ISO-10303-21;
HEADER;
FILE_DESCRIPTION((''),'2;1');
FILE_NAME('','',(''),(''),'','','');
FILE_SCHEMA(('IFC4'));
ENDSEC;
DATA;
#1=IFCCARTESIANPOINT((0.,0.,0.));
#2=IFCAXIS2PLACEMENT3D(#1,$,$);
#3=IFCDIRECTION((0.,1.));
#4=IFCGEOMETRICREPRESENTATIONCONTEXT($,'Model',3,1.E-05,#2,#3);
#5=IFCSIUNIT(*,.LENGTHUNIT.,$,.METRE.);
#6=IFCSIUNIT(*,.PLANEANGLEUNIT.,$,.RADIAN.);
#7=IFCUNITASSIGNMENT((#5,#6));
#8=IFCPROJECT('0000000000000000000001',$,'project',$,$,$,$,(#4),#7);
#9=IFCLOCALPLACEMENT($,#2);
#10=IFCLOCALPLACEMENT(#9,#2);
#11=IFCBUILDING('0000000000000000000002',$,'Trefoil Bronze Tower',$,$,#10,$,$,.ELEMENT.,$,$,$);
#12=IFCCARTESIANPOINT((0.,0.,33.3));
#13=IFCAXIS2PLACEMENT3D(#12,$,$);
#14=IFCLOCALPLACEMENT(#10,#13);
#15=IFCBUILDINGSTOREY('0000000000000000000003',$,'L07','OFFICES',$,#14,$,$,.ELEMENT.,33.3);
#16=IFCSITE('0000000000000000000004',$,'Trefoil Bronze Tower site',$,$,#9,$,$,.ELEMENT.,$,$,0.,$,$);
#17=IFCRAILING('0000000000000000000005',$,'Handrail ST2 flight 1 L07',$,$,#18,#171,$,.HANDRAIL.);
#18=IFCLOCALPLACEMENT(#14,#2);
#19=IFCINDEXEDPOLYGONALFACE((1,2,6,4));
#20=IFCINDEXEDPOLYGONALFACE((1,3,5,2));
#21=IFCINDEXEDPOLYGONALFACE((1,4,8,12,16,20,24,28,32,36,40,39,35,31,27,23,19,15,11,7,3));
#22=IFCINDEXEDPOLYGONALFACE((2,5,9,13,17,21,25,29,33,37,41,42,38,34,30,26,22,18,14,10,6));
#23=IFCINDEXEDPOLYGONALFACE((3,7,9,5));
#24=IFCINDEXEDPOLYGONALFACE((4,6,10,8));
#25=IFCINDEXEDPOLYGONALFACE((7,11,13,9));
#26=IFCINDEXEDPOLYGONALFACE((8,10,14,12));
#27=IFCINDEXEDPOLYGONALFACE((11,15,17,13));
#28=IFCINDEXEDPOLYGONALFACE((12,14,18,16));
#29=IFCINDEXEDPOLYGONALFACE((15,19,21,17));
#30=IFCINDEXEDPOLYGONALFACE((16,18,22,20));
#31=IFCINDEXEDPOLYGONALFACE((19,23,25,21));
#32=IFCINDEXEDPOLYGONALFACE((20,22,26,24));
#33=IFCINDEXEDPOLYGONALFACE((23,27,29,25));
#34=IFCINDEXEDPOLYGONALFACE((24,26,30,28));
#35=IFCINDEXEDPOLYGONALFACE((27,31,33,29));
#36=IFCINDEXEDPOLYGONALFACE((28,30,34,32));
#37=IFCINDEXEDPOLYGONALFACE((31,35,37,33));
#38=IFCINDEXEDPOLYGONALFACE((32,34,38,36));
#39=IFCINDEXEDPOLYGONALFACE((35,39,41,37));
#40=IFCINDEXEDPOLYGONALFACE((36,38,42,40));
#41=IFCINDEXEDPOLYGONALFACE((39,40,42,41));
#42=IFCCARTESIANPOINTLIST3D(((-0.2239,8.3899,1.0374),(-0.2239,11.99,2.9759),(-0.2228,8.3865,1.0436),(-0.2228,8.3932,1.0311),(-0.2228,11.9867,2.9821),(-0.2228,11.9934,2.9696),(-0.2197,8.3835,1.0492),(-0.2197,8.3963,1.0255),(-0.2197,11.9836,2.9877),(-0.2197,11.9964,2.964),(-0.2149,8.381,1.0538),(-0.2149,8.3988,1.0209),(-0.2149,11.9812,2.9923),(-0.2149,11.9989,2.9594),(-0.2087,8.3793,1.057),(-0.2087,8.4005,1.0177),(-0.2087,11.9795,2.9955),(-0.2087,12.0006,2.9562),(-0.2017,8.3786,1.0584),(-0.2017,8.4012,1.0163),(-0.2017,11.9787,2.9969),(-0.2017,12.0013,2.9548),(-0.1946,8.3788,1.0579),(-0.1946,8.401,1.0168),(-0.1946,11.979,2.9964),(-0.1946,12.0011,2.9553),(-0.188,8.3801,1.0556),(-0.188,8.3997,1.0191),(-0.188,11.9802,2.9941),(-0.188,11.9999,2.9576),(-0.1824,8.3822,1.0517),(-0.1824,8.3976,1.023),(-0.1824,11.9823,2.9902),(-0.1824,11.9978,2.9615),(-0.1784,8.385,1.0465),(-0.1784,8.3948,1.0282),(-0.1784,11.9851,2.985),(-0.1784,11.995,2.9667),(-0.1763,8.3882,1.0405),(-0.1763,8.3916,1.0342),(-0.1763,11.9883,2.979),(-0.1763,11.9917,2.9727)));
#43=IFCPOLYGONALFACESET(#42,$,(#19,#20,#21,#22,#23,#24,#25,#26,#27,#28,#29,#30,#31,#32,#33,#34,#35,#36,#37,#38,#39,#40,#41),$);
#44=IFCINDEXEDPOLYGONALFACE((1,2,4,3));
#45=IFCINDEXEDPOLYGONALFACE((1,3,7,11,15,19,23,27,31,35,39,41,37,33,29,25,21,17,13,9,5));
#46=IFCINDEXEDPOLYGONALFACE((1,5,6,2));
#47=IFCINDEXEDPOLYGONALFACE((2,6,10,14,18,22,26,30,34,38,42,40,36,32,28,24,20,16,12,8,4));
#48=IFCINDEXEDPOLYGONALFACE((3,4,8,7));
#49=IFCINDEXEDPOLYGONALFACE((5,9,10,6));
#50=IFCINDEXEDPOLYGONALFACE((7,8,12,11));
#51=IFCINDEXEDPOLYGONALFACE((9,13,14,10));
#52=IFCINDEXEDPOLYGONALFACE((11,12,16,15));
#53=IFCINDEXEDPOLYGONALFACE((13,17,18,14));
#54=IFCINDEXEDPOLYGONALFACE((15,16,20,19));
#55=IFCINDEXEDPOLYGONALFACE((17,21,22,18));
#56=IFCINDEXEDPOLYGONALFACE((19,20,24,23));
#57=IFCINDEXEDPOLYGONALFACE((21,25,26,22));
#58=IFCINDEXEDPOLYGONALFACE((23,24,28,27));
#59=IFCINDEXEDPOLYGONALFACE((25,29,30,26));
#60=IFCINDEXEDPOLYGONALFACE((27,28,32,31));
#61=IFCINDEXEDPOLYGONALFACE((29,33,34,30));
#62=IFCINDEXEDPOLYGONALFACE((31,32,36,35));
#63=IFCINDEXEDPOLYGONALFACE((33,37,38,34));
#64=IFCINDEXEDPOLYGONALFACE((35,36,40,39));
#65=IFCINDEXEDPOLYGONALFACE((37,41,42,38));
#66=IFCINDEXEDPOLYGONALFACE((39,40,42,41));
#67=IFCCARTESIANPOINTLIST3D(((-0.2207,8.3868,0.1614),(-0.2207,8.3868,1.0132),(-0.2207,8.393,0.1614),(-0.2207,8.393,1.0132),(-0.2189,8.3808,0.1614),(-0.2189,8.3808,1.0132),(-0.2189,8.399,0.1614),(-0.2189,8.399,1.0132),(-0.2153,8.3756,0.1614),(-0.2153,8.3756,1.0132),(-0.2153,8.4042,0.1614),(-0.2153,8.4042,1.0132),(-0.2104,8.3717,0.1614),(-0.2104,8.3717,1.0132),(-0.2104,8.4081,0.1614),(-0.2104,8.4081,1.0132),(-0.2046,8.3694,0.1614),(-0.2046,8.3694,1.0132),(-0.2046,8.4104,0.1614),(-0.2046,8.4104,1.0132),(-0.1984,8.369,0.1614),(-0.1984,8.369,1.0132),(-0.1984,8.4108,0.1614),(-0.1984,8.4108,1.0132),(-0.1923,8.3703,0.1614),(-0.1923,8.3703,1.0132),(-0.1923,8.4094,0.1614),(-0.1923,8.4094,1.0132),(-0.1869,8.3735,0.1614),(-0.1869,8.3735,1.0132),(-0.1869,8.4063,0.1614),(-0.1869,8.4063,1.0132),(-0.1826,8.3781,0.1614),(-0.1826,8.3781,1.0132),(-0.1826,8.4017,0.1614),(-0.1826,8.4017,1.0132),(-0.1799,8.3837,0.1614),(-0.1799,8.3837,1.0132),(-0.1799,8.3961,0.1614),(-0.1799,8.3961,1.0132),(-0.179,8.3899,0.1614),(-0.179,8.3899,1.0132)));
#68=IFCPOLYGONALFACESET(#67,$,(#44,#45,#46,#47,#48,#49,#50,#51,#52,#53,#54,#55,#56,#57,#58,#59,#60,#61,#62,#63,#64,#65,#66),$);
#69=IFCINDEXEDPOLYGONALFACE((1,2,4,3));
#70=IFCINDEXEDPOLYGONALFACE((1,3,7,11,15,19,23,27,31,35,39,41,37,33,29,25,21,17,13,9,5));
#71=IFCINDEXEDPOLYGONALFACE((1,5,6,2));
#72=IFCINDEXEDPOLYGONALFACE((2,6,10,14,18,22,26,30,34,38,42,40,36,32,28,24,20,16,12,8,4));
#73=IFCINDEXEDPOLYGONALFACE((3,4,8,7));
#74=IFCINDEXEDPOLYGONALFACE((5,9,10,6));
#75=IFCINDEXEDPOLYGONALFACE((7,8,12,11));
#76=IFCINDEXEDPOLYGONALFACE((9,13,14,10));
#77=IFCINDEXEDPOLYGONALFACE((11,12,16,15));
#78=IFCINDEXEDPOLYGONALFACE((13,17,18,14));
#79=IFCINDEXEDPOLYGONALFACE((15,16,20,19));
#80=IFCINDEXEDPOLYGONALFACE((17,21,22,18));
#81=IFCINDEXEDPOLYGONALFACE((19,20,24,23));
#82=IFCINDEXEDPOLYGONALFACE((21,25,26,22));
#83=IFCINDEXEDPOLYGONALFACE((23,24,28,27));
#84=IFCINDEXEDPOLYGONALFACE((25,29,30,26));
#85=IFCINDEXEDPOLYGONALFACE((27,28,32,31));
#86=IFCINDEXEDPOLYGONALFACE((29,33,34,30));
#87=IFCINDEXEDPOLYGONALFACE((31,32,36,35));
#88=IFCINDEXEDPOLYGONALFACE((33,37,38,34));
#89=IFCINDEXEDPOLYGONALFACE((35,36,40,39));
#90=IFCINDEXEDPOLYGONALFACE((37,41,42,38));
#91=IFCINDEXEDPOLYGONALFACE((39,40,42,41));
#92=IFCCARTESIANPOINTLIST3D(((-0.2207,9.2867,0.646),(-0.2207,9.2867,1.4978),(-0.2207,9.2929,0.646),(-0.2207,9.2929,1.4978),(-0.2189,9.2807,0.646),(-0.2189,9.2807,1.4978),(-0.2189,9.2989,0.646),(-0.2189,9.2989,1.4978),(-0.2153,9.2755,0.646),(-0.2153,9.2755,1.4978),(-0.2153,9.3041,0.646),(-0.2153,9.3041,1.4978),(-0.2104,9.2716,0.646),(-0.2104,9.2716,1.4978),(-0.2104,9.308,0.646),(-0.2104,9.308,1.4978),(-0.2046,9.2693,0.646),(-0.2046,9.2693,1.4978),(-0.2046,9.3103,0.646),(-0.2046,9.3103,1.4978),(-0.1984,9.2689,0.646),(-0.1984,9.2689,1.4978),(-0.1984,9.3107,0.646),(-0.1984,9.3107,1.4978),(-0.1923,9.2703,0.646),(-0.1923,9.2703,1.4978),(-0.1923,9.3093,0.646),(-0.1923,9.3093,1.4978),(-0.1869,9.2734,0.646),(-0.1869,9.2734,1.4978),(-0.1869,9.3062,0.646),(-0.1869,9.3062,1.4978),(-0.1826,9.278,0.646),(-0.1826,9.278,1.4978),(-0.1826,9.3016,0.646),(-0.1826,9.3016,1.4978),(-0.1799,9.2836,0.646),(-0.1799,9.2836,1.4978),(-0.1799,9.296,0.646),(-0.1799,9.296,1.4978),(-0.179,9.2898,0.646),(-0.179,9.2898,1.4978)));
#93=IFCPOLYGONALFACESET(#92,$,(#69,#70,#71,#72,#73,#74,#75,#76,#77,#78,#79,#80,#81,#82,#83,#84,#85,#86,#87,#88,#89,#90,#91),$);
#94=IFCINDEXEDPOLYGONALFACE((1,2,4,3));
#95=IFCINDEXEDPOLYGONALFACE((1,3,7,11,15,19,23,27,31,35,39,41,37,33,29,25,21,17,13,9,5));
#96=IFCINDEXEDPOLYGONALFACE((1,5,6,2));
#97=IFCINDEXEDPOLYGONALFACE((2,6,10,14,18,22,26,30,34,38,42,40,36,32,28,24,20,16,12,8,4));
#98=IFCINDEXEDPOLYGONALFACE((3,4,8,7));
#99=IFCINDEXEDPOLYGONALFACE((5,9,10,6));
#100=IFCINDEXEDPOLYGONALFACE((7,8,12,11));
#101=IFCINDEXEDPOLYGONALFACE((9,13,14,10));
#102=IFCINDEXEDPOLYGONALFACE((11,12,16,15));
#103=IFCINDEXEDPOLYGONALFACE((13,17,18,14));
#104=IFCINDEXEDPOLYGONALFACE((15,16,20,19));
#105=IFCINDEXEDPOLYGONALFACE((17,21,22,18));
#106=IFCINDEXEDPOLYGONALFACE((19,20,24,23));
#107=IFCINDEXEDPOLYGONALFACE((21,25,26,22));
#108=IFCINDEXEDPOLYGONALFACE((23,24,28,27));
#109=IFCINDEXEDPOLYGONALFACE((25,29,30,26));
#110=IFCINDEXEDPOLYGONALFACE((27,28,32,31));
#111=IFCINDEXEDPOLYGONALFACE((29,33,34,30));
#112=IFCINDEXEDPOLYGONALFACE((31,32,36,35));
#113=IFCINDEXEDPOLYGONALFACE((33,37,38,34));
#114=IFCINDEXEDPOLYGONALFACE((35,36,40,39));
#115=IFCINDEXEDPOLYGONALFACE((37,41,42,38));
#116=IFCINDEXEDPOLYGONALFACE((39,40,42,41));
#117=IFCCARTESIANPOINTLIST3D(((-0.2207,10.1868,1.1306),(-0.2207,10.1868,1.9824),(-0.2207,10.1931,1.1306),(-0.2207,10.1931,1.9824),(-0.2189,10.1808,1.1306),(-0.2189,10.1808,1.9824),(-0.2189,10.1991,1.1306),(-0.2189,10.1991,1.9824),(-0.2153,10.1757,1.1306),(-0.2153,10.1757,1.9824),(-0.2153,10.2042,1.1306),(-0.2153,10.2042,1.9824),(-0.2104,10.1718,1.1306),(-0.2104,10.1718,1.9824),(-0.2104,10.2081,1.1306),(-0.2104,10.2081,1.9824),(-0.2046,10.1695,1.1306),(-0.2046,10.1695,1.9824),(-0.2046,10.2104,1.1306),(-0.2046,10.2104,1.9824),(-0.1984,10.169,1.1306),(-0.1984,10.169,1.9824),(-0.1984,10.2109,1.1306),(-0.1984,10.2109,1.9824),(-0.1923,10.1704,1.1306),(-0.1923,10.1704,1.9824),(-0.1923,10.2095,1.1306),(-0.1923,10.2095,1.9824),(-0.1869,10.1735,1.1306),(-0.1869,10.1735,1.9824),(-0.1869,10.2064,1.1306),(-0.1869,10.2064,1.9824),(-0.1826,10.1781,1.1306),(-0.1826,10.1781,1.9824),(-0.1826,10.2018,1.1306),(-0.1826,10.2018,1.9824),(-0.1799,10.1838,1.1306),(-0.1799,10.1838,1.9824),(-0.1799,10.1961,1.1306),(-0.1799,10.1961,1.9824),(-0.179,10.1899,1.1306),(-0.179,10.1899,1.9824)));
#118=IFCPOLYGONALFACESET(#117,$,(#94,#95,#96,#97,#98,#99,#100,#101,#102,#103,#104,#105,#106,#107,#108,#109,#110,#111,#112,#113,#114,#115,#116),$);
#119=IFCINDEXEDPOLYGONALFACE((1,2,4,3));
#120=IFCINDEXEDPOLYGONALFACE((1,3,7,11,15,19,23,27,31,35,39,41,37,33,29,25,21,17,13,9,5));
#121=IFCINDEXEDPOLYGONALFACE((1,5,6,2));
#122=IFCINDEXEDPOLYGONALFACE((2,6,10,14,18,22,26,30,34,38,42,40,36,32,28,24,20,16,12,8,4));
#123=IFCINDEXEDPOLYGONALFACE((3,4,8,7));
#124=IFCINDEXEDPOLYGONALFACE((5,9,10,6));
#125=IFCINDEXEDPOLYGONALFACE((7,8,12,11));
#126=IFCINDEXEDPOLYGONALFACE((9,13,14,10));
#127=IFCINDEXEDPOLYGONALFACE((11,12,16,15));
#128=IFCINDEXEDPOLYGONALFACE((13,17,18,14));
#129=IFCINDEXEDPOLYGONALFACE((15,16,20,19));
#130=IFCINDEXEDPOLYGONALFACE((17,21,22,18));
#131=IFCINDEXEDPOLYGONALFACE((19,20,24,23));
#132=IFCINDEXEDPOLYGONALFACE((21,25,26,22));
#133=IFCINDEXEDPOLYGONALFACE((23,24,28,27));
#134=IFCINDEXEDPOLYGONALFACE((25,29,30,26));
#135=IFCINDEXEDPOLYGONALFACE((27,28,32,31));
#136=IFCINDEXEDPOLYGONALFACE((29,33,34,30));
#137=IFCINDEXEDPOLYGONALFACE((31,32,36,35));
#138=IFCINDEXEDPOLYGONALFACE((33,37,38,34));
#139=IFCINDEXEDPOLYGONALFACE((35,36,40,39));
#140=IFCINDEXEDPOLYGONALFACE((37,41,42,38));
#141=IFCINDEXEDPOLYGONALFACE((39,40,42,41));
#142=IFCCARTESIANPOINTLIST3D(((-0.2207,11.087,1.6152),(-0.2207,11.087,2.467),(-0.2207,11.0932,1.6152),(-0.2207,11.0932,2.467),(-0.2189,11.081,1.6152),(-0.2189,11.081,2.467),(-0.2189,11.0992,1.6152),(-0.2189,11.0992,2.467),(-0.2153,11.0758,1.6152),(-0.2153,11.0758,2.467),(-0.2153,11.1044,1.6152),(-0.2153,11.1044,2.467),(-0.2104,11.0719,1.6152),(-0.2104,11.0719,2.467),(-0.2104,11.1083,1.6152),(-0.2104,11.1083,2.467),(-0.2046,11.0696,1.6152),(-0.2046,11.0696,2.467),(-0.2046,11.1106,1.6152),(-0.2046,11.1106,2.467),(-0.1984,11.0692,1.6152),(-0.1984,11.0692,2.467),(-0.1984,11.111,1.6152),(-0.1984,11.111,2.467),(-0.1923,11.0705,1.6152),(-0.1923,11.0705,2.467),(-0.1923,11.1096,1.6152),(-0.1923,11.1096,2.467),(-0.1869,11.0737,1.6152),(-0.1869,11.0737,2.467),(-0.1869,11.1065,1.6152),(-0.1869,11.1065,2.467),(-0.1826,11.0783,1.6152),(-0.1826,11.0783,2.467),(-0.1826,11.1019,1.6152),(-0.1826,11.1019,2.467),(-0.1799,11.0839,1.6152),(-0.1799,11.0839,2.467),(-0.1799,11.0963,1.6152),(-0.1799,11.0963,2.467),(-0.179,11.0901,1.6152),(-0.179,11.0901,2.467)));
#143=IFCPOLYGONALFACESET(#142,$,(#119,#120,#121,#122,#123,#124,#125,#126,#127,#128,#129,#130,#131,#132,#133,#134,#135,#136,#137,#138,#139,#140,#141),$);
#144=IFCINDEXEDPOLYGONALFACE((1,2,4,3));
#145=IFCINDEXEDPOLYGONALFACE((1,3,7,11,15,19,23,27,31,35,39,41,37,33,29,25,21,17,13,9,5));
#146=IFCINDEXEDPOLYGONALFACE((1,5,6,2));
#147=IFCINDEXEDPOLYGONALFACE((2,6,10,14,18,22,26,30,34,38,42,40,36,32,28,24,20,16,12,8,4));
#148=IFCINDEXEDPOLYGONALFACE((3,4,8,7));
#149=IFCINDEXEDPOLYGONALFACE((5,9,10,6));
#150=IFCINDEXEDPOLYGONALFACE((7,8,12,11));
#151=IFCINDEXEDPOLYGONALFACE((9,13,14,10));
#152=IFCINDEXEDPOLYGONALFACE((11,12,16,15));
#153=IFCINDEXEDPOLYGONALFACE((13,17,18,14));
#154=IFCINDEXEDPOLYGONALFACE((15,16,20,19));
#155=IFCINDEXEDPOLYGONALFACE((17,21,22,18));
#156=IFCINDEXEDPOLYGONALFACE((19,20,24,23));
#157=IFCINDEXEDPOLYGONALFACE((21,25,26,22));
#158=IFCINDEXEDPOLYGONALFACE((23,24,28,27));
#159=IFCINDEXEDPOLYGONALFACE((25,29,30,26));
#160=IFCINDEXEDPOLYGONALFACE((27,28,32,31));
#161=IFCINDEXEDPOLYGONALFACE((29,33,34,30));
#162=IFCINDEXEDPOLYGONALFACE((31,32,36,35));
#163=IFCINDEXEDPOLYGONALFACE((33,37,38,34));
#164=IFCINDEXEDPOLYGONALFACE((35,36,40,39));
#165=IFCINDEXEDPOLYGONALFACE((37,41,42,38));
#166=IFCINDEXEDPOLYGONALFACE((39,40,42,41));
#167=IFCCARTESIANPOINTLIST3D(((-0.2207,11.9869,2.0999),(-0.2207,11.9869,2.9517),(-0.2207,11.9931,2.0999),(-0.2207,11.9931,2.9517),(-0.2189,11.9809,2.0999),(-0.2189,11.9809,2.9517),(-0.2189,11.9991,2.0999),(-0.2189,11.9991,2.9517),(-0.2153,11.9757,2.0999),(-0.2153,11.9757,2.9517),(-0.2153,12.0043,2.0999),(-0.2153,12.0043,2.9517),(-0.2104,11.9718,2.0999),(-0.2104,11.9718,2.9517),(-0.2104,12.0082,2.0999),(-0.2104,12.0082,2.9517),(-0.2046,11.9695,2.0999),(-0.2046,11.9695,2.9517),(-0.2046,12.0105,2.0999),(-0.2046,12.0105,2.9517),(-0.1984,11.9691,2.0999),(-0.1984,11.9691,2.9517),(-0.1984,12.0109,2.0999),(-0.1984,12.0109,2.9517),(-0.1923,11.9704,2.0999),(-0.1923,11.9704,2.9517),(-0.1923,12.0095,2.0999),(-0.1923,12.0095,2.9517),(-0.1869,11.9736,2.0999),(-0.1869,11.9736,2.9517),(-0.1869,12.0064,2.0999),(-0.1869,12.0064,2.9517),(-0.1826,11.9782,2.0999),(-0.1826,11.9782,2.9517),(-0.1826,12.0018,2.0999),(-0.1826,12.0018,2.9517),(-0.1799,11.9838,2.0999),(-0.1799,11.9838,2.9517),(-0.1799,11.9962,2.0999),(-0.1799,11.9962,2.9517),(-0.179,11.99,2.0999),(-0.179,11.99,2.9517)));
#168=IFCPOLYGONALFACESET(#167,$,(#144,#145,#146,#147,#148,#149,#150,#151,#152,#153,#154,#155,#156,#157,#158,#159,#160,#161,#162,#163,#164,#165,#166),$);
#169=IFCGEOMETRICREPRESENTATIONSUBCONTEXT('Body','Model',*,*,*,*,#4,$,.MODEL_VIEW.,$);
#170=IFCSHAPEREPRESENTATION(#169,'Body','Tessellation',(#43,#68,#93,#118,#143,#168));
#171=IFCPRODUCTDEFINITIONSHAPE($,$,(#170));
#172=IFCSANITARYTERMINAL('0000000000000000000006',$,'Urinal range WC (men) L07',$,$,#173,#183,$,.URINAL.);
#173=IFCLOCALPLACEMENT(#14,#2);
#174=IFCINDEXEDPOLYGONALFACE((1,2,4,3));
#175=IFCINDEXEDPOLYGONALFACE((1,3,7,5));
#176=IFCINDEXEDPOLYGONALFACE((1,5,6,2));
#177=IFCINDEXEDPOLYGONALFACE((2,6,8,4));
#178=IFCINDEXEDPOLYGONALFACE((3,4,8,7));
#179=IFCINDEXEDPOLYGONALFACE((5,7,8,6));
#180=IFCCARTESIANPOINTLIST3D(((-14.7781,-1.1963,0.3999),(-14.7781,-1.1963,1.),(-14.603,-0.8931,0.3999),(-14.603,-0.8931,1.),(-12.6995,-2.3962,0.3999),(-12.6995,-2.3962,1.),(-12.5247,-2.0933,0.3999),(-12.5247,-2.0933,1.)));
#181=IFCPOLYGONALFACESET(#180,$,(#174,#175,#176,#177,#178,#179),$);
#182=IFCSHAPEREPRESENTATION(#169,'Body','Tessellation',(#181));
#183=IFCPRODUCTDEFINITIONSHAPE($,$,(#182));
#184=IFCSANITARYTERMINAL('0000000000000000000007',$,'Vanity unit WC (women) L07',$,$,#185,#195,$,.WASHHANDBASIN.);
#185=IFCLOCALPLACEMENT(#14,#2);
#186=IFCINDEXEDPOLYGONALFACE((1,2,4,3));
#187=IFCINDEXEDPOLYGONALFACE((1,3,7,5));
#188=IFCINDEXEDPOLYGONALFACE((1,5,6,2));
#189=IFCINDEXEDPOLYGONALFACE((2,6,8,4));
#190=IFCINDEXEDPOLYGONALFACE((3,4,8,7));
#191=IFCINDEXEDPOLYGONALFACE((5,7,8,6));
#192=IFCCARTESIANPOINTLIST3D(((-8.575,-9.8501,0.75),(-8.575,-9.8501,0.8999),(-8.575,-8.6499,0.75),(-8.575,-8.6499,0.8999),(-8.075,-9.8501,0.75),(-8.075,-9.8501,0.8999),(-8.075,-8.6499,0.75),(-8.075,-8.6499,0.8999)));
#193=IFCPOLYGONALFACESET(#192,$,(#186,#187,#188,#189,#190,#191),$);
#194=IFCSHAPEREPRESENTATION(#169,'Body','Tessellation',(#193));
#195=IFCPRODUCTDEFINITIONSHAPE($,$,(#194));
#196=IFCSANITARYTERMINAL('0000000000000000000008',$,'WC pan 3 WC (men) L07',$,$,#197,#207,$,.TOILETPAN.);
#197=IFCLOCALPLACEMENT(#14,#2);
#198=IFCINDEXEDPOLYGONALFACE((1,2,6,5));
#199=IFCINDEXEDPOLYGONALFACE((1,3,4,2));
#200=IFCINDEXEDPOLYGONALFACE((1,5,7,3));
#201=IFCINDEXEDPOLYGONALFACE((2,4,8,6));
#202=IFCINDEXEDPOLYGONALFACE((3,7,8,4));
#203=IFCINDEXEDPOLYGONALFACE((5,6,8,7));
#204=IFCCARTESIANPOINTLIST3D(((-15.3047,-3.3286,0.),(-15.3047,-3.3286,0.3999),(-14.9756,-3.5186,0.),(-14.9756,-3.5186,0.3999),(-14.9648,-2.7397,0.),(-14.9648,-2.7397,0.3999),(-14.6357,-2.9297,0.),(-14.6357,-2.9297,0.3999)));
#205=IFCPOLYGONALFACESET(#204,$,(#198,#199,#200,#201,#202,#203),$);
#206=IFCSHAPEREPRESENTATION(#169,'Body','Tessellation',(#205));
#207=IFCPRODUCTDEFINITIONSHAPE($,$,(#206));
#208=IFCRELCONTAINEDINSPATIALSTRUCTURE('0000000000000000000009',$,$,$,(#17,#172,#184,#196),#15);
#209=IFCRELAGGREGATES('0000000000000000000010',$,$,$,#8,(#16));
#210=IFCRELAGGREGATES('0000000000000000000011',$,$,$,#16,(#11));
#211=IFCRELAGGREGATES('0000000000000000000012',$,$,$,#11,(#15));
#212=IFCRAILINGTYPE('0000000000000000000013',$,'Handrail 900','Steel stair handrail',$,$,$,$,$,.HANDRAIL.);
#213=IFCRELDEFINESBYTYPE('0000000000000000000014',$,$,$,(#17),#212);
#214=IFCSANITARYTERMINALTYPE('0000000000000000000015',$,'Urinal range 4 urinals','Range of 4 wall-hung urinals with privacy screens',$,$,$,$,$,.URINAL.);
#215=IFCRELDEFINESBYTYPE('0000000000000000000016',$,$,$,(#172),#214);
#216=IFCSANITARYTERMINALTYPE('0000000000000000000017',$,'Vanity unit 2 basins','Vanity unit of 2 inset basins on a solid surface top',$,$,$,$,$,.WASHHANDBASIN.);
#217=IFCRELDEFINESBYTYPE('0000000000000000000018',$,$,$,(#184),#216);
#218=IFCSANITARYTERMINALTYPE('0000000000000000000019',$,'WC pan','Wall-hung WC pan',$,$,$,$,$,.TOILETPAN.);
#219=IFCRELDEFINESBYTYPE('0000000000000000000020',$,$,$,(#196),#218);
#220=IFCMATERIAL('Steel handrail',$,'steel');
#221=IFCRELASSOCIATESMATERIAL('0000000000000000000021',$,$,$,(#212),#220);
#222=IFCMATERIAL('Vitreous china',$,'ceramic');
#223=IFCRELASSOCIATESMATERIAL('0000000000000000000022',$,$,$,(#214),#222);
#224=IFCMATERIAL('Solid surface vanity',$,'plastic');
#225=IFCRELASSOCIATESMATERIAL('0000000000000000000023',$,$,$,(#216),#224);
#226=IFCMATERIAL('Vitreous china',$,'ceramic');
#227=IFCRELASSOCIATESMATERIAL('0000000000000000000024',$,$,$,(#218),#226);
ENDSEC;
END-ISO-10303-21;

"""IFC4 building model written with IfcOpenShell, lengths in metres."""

from ifc_helpers import new_model, si_unit, direction, frame, origin, origin_2d, place, context, subcontext, project, spatial, polyline, circle, outline, extrude, material, type_object, element, save


model = new_model("IFC4")

# Units and contexts
model_context = context("Model", 3, precision=1e-05, world=origin(), true_north=direction((0.0, 1.0)))
body_context = subcontext(model_context, "Body", "Model", "MODEL_VIEW")
ifc_project = project(units=[si_unit("LENGTHUNIT", "METRE"), si_unit("PLANEANGLEUNIT", "RADIAN")], contexts=[model_context])

# Site, building, storey
site_placement = place(None, origin())
site = spatial("IfcSite", under=ifc_project, at=site_placement, Name="Trefoil Bronze Tower site", CompositionType="ELEMENT", RefElevation=0.0)
building_placement = place(site_placement, origin())
building = spatial("IfcBuilding", under=site, at=building_placement, Name="Trefoil Bronze Tower", CompositionType="ELEMENT")
storey_placement = place(building_placement, frame((0.0, 0.0, 33.3)))
storey = spatial("IfcBuildingStorey", under=building, at=storey_placement, Name="L07", Description="OFFICES", CompositionType="ELEMENT", Elevation=33.3)

# Railing
ifc_material_1 = material(Name="Steel handrail", Category="steel")
railing_type = type_object("IfcRailingType", Name="Handrail 900", Description="Steel stair handrail", PredefinedType="HANDRAIL", material=ifc_material_1)
railing_placement = place(storey_placement, frame((-0.2, 8.3899, 0.1614)))
element("IfcRailing", 1, at=railing_placement, inside=storey, type_object=railing_type, Name="Handrail ST2 flight 1 L07", PredefinedType="HANDRAIL", context=body_context, shape_type="SweptSolid", body=[
    extrude(circle(Radius=0.0239, at=origin_2d()), frame((0.0, 0.0, 0.876), z_axis=(0.0, 0.880475, 0.474093), x_axis=(-1.0, 0.0, 0.0)), (0.0, 0.0, 1.0), 4.0889),
    extrude(circle(Radius=0.021, at=origin_2d()), origin(), (0.0, 0.0, 1.0), 0.8518),
    extrude(circle(Radius=0.021, at=origin_2d()), frame((0.0, 0.8999, 0.4846)), (0.0, 0.0, 1.0), 0.8518),
    extrude(circle(Radius=0.021, at=origin_2d()), frame((0.0, 1.8, 0.9692)), (0.0, 0.0, 1.0), 0.8518),
    extrude(circle(Radius=0.021, at=origin_2d()), frame((0.0, 2.7002, 1.4539)), (0.0, 0.0, 1.0), 0.8518),
    extrude(circle(Radius=0.021, at=origin_2d()), frame((0.0, 3.6001, 1.9385)), (0.0, 0.0, 1.0), 0.8518),
])

# Sanitary terminals
ifc_material_2 = material(Name="Vitreous china", Category="ceramic")
sanitary_terminal_type_1 = type_object("IfcSanitaryTerminalType", Name="Urinal range 4 urinals", Description="Range of 4 wall-hung urinals with privacy screens", PredefinedType="URINAL", material=ifc_material_2)
sanitary_terminal_1_placement = place(storey_placement, frame((0.0, 0.0, 0.3999)))
element("IfcSanitaryTerminal", 2, at=sanitary_terminal_1_placement, inside=storey, type_object=sanitary_terminal_type_1, Name="Urinal range WC (men) L07", PredefinedType="URINAL", context=body_context, shape_type="SweptSolid", body=[
    extrude(outline(polyline([(-12.5247, -2.0933), (-12.6995, -2.3962), (-14.7781, -1.1963), (-14.603, -0.8931), (-12.5247, -2.0933)])), origin(), (0.0, 0.0, 1.0), 0.6001),
])
ifc_material_3 = material(Name="Solid surface vanity", Category="plastic")
sanitary_terminal_type_2 = type_object("IfcSanitaryTerminalType", Name="Vanity unit 2 basins", Description="Vanity unit of 2 inset basins on a solid surface top", PredefinedType="WASHHANDBASIN", material=ifc_material_3)
sanitary_terminal_2_placement = place(storey_placement, frame((0.0, 0.0, 0.75)))
element("IfcSanitaryTerminal", 3, at=sanitary_terminal_2_placement, inside=storey, type_object=sanitary_terminal_type_2, Name="Vanity unit WC (women) L07", PredefinedType="WASHHANDBASIN", context=body_context, shape_type="SweptSolid", body=[
    extrude(outline(polyline([(-8.075, -8.6499), (-8.575, -8.6499), (-8.575, -9.8501), (-8.075, -9.8501), (-8.075, -8.6499)])), origin(), (0.0, 0.0, 1.0), 0.1499),
])
ifc_material_4 = material(Name="Vitreous china", Category="ceramic")
sanitary_terminal_type_3 = type_object("IfcSanitaryTerminalType", Name="WC pan", Description="Wall-hung WC pan", PredefinedType="TOILETPAN", material=ifc_material_4)
sanitary_terminal_3_placement = place(storey_placement, origin())
element("IfcSanitaryTerminal", 4, at=sanitary_terminal_3_placement, inside=storey, type_object=sanitary_terminal_type_3, Name="WC pan 3 WC (men) L07", PredefinedType="TOILETPAN", context=body_context, shape_type="SweptSolid", body=[
    extrude(outline(polyline([(-14.6357, -2.9297), (-14.9756, -3.5186), (-15.3047, -3.3286), (-14.9648, -2.7397), (-14.6357, -2.9297)])), origin(), (0.0, 0.0, 1.0), 0.3999),
])

save(model, "model.ifc")
